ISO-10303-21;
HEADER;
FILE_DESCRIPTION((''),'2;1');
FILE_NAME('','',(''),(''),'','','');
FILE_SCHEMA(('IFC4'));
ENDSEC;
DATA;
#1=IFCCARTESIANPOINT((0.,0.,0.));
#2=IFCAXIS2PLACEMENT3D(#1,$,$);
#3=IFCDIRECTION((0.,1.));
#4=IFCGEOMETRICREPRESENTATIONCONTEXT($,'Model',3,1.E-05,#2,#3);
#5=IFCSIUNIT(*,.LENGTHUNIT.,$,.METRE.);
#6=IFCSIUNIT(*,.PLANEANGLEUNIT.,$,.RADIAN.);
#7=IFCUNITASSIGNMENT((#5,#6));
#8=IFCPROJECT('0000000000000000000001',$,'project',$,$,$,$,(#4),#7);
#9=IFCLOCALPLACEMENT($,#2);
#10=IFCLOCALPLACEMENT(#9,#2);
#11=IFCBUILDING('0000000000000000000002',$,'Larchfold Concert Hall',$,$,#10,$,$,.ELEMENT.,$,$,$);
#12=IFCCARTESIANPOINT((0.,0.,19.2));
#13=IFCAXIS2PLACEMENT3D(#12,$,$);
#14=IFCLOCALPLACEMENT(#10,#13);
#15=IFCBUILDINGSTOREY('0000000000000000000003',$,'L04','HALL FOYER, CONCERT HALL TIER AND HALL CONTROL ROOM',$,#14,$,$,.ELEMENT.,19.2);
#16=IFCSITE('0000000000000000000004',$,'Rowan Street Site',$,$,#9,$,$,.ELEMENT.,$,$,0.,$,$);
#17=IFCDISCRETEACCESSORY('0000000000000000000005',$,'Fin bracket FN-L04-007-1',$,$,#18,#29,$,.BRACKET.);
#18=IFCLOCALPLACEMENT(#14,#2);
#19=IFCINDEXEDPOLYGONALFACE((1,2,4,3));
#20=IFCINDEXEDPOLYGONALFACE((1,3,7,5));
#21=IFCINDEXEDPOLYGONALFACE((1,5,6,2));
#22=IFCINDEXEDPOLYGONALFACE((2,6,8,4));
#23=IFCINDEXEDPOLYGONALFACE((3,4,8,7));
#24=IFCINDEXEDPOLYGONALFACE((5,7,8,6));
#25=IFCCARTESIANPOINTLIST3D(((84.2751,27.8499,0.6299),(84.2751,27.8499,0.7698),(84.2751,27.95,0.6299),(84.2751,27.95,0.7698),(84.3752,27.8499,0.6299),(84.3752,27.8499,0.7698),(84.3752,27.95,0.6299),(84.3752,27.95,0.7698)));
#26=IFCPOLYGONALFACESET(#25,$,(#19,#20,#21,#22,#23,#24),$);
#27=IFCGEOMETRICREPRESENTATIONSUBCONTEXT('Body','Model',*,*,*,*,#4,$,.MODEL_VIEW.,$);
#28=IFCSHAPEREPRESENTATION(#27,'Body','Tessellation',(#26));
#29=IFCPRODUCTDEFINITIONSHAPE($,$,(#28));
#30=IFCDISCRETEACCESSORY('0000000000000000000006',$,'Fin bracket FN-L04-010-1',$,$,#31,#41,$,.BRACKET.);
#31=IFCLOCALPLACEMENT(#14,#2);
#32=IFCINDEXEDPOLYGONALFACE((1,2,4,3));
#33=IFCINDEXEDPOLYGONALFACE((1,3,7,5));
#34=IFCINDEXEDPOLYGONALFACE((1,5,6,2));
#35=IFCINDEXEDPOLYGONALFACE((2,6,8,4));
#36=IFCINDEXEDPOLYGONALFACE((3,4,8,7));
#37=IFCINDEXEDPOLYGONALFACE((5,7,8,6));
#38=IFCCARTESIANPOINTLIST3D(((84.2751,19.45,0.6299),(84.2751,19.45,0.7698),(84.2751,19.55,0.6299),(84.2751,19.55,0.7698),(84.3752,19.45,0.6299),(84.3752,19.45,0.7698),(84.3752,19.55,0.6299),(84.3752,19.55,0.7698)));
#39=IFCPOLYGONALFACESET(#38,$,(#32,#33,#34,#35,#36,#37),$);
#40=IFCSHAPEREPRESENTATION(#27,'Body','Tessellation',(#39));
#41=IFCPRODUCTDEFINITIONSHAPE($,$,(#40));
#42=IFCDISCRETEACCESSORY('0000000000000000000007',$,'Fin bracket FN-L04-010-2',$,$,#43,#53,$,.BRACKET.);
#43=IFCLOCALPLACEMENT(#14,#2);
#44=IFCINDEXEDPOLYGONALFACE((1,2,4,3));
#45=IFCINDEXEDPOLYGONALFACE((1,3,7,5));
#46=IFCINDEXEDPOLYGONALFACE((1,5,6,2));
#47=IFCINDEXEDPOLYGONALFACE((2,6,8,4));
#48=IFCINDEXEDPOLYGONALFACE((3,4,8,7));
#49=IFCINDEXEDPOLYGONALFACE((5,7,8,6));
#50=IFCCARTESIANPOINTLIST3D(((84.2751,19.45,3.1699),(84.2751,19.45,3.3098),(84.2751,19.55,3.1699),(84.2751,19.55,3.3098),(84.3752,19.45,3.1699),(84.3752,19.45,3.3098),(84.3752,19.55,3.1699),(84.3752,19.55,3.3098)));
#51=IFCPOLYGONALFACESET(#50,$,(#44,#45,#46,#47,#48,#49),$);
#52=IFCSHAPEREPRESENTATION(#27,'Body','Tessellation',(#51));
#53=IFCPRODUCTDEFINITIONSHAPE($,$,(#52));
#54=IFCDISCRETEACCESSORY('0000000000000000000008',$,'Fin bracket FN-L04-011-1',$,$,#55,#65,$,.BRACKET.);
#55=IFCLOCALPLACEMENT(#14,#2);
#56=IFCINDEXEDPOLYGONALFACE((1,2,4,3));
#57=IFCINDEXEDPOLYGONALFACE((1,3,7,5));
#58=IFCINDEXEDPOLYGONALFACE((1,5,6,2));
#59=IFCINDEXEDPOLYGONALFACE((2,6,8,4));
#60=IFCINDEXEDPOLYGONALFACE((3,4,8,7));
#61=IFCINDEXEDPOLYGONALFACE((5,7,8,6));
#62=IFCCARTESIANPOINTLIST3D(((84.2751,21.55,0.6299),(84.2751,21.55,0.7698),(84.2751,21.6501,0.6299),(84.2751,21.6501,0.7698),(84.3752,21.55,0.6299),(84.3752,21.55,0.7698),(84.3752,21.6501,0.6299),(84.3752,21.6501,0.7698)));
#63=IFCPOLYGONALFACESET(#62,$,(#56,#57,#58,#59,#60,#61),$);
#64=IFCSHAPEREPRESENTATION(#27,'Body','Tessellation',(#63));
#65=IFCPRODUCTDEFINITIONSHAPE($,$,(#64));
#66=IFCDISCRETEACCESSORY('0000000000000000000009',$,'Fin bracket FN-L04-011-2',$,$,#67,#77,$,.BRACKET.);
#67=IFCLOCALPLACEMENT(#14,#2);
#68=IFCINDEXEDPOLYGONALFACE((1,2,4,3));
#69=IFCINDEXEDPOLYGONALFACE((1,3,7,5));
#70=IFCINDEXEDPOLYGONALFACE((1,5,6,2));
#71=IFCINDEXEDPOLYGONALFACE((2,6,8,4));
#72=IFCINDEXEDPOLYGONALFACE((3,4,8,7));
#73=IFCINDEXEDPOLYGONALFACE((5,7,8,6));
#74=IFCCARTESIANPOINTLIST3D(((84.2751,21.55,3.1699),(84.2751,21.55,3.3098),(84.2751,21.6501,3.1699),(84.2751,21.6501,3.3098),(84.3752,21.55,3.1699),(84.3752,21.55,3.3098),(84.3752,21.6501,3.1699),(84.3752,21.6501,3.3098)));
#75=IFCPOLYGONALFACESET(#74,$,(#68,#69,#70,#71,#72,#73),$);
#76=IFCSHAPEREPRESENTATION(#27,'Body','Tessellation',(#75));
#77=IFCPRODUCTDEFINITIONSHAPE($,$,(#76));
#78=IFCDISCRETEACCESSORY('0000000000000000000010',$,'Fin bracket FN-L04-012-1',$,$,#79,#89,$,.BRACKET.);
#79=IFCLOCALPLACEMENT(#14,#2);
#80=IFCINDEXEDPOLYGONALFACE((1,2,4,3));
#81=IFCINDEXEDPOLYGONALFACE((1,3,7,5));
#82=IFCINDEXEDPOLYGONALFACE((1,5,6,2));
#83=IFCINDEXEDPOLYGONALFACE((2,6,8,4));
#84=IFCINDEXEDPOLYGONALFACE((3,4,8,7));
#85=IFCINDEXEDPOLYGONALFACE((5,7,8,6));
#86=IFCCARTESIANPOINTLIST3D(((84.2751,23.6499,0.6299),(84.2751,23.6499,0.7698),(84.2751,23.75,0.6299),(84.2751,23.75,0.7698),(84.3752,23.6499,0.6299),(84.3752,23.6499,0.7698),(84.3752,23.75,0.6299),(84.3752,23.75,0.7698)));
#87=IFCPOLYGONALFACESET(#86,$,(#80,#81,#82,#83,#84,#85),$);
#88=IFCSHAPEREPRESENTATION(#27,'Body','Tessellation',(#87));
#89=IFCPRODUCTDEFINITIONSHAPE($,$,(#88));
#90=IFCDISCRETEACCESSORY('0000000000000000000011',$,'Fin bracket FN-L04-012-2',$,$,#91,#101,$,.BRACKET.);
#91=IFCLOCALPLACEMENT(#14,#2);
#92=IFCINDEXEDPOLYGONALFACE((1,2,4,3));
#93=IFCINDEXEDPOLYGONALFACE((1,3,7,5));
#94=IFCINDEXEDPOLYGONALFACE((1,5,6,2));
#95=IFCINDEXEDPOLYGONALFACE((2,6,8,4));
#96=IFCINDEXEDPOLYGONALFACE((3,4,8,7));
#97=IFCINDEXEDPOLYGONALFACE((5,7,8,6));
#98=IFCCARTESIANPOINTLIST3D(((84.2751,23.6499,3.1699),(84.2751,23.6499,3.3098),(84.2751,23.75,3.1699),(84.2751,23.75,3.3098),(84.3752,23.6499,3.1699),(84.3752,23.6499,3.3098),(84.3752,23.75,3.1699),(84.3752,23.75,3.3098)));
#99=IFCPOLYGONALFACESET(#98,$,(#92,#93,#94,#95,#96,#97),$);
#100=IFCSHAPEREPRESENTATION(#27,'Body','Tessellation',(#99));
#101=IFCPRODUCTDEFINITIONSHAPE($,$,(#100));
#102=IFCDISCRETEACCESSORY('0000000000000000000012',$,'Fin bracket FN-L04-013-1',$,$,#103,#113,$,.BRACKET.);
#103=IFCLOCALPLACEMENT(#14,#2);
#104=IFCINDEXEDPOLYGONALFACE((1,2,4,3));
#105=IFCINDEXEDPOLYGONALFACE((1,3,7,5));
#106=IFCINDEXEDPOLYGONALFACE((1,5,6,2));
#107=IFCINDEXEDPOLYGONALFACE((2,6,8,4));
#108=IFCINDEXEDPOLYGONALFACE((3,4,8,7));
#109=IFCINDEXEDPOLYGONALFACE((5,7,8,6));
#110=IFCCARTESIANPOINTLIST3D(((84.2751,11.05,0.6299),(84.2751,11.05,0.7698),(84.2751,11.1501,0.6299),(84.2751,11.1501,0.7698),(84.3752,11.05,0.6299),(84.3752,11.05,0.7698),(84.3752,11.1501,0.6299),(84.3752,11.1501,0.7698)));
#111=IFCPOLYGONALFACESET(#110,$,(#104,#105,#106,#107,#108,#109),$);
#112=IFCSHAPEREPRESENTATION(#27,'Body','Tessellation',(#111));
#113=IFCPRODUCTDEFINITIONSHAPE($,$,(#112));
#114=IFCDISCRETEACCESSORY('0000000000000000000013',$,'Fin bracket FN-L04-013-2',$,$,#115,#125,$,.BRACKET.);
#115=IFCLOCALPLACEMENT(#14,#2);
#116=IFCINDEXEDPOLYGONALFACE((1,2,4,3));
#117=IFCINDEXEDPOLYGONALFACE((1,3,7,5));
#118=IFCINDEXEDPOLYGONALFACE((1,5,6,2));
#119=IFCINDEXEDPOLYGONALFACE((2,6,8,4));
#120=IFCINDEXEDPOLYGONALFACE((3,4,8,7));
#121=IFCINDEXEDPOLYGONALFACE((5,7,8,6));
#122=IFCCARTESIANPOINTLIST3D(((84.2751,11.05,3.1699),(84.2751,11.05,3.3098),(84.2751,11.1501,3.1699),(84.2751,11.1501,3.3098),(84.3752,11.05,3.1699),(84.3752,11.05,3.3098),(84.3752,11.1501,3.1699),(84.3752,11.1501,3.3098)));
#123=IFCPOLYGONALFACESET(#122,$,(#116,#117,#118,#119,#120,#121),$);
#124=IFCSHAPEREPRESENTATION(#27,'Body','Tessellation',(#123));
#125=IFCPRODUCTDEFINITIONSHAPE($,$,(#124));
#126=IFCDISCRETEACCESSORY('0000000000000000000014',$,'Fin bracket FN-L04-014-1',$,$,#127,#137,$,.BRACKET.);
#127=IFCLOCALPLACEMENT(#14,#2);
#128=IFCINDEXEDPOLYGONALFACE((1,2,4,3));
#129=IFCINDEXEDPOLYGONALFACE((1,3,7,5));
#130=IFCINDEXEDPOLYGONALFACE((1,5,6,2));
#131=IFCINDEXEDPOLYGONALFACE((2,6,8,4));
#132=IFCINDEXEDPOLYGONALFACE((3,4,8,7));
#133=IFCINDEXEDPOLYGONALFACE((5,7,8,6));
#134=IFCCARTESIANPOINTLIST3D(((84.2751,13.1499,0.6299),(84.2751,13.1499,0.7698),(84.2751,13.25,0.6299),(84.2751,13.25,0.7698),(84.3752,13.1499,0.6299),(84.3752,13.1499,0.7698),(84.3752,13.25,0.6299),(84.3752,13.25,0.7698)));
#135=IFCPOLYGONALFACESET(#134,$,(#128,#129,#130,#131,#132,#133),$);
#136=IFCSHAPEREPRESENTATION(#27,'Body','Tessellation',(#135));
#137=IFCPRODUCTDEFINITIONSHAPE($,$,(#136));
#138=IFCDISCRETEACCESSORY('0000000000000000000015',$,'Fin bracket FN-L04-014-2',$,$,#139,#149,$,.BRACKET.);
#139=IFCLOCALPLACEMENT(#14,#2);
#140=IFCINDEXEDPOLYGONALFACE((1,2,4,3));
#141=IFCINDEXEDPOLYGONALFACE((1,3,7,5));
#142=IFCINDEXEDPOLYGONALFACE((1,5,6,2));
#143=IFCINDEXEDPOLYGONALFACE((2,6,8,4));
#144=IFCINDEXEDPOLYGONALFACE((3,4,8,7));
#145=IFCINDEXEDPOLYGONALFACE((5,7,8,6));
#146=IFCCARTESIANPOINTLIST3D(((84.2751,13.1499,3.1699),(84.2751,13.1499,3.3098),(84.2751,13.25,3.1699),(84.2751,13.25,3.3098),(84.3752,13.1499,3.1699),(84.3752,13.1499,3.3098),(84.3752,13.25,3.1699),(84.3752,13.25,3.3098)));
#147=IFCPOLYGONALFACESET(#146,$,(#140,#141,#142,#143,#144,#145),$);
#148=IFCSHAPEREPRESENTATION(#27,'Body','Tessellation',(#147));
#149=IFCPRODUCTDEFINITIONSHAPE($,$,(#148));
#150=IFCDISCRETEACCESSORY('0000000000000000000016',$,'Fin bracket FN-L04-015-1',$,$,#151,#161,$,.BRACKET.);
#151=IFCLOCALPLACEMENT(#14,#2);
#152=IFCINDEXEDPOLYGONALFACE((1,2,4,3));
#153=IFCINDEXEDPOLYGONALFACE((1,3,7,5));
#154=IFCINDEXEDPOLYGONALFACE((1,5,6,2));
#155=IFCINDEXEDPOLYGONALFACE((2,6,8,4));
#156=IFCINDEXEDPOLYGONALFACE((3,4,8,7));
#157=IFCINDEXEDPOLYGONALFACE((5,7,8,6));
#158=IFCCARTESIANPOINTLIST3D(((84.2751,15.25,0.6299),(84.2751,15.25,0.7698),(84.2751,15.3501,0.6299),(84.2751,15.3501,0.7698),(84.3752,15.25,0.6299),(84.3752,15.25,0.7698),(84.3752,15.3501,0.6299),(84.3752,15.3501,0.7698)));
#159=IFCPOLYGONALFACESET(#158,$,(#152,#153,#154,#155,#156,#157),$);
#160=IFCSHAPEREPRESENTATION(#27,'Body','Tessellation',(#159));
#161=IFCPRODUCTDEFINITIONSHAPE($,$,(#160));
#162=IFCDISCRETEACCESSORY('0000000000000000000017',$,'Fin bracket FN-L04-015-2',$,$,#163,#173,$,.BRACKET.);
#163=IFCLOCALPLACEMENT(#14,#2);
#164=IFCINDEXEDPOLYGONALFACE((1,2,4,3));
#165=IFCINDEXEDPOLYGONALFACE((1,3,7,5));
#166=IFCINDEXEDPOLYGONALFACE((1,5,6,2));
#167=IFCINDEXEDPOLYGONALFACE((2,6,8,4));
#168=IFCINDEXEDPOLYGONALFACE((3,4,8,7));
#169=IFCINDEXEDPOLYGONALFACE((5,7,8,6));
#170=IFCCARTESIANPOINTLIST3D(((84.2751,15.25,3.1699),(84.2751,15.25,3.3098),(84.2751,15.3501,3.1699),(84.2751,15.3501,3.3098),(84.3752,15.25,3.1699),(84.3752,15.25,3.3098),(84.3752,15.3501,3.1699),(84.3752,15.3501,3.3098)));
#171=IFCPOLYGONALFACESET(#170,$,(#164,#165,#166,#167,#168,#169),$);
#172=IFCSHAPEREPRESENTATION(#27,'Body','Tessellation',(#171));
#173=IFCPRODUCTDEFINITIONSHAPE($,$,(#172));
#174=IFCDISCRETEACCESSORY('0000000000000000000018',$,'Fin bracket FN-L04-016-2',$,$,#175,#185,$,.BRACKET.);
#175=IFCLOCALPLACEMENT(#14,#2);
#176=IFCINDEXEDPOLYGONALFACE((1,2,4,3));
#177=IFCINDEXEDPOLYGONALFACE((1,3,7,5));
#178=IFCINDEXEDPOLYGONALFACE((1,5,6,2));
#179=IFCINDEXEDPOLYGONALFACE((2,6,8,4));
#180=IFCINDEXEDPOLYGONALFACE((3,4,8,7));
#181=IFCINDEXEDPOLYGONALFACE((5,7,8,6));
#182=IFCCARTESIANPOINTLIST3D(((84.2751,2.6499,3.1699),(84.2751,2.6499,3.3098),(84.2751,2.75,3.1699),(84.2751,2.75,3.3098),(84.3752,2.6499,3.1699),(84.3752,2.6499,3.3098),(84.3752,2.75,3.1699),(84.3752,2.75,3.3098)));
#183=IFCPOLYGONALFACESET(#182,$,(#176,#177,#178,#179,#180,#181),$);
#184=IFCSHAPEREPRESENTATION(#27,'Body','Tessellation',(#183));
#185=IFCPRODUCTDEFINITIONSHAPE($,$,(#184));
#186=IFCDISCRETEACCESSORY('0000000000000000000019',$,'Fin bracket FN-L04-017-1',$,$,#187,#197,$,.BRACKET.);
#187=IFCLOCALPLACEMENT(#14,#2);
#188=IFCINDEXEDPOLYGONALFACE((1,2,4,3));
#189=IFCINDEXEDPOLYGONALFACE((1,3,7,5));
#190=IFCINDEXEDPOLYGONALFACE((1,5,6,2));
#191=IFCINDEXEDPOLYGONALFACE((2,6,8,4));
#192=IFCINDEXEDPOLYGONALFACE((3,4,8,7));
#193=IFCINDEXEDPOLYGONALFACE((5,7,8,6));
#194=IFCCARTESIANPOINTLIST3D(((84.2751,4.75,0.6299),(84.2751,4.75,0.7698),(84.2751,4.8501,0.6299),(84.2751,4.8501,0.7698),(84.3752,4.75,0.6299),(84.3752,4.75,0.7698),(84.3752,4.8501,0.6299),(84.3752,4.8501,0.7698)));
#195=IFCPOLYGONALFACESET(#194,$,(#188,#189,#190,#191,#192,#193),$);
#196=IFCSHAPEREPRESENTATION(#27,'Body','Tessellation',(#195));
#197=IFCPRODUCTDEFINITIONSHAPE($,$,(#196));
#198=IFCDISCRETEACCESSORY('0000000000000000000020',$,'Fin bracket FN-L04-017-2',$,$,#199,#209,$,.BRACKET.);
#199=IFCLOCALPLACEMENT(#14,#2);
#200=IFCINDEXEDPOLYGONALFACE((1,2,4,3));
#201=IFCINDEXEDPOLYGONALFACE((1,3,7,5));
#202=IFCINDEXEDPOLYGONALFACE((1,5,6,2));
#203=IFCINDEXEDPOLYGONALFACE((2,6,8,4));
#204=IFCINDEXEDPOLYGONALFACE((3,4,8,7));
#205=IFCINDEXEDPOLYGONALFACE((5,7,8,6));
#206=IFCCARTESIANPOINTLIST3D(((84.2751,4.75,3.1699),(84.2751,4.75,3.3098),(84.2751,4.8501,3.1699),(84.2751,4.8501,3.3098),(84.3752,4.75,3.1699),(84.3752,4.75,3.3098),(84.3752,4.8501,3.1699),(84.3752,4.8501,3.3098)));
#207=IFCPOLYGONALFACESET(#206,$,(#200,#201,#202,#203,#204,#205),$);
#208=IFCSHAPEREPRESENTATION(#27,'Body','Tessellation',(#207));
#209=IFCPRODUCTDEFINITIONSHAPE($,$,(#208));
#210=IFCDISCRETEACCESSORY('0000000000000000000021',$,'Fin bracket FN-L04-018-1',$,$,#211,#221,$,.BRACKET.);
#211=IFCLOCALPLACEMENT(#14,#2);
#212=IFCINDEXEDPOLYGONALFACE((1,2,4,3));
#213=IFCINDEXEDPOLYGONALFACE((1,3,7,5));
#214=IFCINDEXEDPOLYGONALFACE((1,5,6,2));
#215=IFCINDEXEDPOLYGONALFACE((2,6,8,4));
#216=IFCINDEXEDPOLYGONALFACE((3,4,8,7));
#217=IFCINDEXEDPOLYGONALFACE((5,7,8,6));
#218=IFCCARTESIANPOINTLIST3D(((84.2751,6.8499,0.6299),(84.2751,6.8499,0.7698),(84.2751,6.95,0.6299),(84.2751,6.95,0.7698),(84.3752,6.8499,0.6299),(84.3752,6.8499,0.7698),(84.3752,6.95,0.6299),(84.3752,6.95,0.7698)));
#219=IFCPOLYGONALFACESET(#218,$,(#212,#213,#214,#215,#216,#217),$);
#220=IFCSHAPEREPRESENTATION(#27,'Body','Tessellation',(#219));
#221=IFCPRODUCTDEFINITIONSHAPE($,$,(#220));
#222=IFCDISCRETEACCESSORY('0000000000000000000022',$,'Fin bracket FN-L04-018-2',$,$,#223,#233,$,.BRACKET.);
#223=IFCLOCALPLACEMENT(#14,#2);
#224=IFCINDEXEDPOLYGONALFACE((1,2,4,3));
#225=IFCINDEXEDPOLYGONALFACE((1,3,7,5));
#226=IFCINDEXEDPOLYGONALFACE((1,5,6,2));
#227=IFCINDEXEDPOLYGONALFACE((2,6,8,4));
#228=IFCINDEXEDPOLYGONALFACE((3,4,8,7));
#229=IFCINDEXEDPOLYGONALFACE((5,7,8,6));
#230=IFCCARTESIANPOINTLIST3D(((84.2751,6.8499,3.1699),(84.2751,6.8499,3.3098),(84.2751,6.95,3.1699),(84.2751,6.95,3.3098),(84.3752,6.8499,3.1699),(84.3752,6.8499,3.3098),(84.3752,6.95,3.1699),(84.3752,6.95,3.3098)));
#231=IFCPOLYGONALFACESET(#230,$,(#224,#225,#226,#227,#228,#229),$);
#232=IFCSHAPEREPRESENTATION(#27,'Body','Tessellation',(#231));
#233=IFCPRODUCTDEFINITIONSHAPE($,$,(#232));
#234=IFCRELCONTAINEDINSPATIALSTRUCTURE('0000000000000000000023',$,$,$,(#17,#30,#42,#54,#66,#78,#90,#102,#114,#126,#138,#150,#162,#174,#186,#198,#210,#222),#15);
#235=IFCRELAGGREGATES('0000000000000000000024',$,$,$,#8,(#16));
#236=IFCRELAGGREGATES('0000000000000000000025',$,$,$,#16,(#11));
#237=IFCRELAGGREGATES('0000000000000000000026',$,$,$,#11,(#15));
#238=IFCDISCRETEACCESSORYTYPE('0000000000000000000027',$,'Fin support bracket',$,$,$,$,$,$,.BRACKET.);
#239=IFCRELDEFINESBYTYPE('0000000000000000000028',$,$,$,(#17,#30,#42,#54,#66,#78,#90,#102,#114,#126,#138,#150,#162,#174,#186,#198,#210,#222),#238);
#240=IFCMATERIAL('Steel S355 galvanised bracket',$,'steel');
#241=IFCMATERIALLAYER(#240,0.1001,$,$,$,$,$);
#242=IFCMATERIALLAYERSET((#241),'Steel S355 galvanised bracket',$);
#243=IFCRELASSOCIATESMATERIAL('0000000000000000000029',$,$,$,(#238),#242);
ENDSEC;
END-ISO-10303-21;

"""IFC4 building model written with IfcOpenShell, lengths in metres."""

from ifc_helpers import new_model, si_unit, direction, frame, origin, origin_2d, place, context, subcontext, project, spatial, rectangle, extrude, material, layer, layer_set, type_object, element, save


model = new_model("IFC4")

# Units and contexts
model_context = context("Model", 3, precision=1e-05, world=origin(), true_north=direction((0.0, 1.0)))
body_context = subcontext(model_context, "Body", "Model", "MODEL_VIEW")
ifc_project = project(units=[si_unit("LENGTHUNIT", "METRE"), si_unit("PLANEANGLEUNIT", "RADIAN")], contexts=[model_context])

# Site, building, storey
site_placement = place(None, origin())
site = spatial("IfcSite", under=ifc_project, at=site_placement, Name="Rowan Street Site", CompositionType="ELEMENT", RefElevation=0.0)
building_placement = place(site_placement, origin())
building = spatial("IfcBuilding", under=site, at=building_placement, Name="Larchfold Concert Hall", CompositionType="ELEMENT")
storey_placement = place(building_placement, frame((0.0, 0.0, 19.2)))
storey = spatial("IfcBuildingStorey", under=building, at=storey_placement, Name="L04", Description="HALL FOYER, CONCERT HALL TIER AND HALL CONTROL ROOM", CompositionType="ELEMENT", Elevation=19.2)

# Discrete accessories
ifc_material = material(Name="Steel S355 galvanised bracket", Category="steel")
ifc_layer = layer(ifc_material, 0.1001)
ifc_layer_set = layer_set([ifc_layer], Name="Steel S355 galvanised bracket")
discrete_accessory_type = type_object("IfcDiscreteAccessoryType", Name="Fin support bracket", PredefinedType="BRACKET", material=ifc_layer_set)
for number, where, z_axis, x_axis, name in (
    (1, (84.3252, 27.8999, 0.6299), (0.0, 0.0, 1.0), (-1.0, 0.0, 0.0), "Fin bracket FN-L04-007-1"),
    (2, (84.3252, 19.5, 0.6299), (0.0, 0.0, 1.0), (-1.0, 0.0, 0.0), "Fin bracket FN-L04-010-1"),
    (3, (84.3252, 19.5, 3.1699), (0.0, 0.0, 1.0), (-1.0, 0.0, 0.0), "Fin bracket FN-L04-010-2"),
    (4, (84.3252, 21.6001, 0.6299), (0.0, 0.0, 1.0), (-1.0, 0.0, 0.0), "Fin bracket FN-L04-011-1"),
    (5, (84.3252, 21.6001, 3.1699), (0.0, 0.0, 1.0), (-1.0, 0.0, 0.0), "Fin bracket FN-L04-011-2"),
    (6, (84.3252, 23.7, 0.6299), (0.0, 0.0, 1.0), (-1.0, 0.0, 0.0), "Fin bracket FN-L04-012-1"),
    (7, (84.3252, 23.7, 3.1699), (0.0, 0.0, 1.0), (-1.0, 0.0, 0.0), "Fin bracket FN-L04-012-2"),
    (8, (84.3252, 11.1001, 0.6299), (0.0, 0.0, 1.0), (-1.0, 0.0, 0.0), "Fin bracket FN-L04-013-1"),
    (9, (84.3252, 11.1001, 3.1699), (0.0, 0.0, 1.0), (-1.0, 0.0, 0.0), "Fin bracket FN-L04-013-2"),
    (10, (84.3252, 13.2, 0.6299), (0.0, 0.0, 1.0), (-1.0, 0.0, 0.0), "Fin bracket FN-L04-014-1"),
    (11, (84.3252, 13.2, 3.1699), (0.0, 0.0, 1.0), (-1.0, 0.0, 0.0), "Fin bracket FN-L04-014-2"),
    (12, (84.3252, 15.3, 0.6299), (0.0, 0.0, 1.0), (-1.0, 0.0, 0.0), "Fin bracket FN-L04-015-1"),
    (13, (84.3252, 15.3, 3.1699), (0.0, 0.0, 1.0), (-1.0, 0.0, 0.0), "Fin bracket FN-L04-015-2"),
    (14, (84.3252, 2.7, 3.1699), (0.0, 0.0, 1.0), (-1.0, 0.0, 0.0), "Fin bracket FN-L04-016-2"),
    (15, (84.3252, 4.8, 0.6299), (0.0, 0.0, 1.0), (-1.0, 0.0, 0.0), "Fin bracket FN-L04-017-1"),
    (16, (84.3252, 4.8, 3.1699), (0.0, 0.0, 1.0), (-1.0, 0.0, 0.0), "Fin bracket FN-L04-017-2"),
    (17, (84.3252, 6.8999, 0.6299), (0.0, 0.0, 1.0), (-1.0, 0.0, 0.0), "Fin bracket FN-L04-018-1"),
    (18, (84.3252, 6.8999, 3.1699), (0.0, 0.0, 1.0), (-1.0, 0.0, 0.0), "Fin bracket FN-L04-018-2"),
):
    element("IfcDiscreteAccessory", number, at=place(storey_placement, frame(where, z_axis=z_axis, x_axis=x_axis)), inside=storey, type_object=discrete_accessory_type, Name=name, PredefinedType="BRACKET", context=body_context, shape_type="SweptSolid", body=[
        extrude(rectangle(XDim=0.1001, YDim=0.1001, at=origin_2d()), origin(), (0.0, 0.0, 1.0), 0.1399),
    ])

save(model, "model.ifc")
